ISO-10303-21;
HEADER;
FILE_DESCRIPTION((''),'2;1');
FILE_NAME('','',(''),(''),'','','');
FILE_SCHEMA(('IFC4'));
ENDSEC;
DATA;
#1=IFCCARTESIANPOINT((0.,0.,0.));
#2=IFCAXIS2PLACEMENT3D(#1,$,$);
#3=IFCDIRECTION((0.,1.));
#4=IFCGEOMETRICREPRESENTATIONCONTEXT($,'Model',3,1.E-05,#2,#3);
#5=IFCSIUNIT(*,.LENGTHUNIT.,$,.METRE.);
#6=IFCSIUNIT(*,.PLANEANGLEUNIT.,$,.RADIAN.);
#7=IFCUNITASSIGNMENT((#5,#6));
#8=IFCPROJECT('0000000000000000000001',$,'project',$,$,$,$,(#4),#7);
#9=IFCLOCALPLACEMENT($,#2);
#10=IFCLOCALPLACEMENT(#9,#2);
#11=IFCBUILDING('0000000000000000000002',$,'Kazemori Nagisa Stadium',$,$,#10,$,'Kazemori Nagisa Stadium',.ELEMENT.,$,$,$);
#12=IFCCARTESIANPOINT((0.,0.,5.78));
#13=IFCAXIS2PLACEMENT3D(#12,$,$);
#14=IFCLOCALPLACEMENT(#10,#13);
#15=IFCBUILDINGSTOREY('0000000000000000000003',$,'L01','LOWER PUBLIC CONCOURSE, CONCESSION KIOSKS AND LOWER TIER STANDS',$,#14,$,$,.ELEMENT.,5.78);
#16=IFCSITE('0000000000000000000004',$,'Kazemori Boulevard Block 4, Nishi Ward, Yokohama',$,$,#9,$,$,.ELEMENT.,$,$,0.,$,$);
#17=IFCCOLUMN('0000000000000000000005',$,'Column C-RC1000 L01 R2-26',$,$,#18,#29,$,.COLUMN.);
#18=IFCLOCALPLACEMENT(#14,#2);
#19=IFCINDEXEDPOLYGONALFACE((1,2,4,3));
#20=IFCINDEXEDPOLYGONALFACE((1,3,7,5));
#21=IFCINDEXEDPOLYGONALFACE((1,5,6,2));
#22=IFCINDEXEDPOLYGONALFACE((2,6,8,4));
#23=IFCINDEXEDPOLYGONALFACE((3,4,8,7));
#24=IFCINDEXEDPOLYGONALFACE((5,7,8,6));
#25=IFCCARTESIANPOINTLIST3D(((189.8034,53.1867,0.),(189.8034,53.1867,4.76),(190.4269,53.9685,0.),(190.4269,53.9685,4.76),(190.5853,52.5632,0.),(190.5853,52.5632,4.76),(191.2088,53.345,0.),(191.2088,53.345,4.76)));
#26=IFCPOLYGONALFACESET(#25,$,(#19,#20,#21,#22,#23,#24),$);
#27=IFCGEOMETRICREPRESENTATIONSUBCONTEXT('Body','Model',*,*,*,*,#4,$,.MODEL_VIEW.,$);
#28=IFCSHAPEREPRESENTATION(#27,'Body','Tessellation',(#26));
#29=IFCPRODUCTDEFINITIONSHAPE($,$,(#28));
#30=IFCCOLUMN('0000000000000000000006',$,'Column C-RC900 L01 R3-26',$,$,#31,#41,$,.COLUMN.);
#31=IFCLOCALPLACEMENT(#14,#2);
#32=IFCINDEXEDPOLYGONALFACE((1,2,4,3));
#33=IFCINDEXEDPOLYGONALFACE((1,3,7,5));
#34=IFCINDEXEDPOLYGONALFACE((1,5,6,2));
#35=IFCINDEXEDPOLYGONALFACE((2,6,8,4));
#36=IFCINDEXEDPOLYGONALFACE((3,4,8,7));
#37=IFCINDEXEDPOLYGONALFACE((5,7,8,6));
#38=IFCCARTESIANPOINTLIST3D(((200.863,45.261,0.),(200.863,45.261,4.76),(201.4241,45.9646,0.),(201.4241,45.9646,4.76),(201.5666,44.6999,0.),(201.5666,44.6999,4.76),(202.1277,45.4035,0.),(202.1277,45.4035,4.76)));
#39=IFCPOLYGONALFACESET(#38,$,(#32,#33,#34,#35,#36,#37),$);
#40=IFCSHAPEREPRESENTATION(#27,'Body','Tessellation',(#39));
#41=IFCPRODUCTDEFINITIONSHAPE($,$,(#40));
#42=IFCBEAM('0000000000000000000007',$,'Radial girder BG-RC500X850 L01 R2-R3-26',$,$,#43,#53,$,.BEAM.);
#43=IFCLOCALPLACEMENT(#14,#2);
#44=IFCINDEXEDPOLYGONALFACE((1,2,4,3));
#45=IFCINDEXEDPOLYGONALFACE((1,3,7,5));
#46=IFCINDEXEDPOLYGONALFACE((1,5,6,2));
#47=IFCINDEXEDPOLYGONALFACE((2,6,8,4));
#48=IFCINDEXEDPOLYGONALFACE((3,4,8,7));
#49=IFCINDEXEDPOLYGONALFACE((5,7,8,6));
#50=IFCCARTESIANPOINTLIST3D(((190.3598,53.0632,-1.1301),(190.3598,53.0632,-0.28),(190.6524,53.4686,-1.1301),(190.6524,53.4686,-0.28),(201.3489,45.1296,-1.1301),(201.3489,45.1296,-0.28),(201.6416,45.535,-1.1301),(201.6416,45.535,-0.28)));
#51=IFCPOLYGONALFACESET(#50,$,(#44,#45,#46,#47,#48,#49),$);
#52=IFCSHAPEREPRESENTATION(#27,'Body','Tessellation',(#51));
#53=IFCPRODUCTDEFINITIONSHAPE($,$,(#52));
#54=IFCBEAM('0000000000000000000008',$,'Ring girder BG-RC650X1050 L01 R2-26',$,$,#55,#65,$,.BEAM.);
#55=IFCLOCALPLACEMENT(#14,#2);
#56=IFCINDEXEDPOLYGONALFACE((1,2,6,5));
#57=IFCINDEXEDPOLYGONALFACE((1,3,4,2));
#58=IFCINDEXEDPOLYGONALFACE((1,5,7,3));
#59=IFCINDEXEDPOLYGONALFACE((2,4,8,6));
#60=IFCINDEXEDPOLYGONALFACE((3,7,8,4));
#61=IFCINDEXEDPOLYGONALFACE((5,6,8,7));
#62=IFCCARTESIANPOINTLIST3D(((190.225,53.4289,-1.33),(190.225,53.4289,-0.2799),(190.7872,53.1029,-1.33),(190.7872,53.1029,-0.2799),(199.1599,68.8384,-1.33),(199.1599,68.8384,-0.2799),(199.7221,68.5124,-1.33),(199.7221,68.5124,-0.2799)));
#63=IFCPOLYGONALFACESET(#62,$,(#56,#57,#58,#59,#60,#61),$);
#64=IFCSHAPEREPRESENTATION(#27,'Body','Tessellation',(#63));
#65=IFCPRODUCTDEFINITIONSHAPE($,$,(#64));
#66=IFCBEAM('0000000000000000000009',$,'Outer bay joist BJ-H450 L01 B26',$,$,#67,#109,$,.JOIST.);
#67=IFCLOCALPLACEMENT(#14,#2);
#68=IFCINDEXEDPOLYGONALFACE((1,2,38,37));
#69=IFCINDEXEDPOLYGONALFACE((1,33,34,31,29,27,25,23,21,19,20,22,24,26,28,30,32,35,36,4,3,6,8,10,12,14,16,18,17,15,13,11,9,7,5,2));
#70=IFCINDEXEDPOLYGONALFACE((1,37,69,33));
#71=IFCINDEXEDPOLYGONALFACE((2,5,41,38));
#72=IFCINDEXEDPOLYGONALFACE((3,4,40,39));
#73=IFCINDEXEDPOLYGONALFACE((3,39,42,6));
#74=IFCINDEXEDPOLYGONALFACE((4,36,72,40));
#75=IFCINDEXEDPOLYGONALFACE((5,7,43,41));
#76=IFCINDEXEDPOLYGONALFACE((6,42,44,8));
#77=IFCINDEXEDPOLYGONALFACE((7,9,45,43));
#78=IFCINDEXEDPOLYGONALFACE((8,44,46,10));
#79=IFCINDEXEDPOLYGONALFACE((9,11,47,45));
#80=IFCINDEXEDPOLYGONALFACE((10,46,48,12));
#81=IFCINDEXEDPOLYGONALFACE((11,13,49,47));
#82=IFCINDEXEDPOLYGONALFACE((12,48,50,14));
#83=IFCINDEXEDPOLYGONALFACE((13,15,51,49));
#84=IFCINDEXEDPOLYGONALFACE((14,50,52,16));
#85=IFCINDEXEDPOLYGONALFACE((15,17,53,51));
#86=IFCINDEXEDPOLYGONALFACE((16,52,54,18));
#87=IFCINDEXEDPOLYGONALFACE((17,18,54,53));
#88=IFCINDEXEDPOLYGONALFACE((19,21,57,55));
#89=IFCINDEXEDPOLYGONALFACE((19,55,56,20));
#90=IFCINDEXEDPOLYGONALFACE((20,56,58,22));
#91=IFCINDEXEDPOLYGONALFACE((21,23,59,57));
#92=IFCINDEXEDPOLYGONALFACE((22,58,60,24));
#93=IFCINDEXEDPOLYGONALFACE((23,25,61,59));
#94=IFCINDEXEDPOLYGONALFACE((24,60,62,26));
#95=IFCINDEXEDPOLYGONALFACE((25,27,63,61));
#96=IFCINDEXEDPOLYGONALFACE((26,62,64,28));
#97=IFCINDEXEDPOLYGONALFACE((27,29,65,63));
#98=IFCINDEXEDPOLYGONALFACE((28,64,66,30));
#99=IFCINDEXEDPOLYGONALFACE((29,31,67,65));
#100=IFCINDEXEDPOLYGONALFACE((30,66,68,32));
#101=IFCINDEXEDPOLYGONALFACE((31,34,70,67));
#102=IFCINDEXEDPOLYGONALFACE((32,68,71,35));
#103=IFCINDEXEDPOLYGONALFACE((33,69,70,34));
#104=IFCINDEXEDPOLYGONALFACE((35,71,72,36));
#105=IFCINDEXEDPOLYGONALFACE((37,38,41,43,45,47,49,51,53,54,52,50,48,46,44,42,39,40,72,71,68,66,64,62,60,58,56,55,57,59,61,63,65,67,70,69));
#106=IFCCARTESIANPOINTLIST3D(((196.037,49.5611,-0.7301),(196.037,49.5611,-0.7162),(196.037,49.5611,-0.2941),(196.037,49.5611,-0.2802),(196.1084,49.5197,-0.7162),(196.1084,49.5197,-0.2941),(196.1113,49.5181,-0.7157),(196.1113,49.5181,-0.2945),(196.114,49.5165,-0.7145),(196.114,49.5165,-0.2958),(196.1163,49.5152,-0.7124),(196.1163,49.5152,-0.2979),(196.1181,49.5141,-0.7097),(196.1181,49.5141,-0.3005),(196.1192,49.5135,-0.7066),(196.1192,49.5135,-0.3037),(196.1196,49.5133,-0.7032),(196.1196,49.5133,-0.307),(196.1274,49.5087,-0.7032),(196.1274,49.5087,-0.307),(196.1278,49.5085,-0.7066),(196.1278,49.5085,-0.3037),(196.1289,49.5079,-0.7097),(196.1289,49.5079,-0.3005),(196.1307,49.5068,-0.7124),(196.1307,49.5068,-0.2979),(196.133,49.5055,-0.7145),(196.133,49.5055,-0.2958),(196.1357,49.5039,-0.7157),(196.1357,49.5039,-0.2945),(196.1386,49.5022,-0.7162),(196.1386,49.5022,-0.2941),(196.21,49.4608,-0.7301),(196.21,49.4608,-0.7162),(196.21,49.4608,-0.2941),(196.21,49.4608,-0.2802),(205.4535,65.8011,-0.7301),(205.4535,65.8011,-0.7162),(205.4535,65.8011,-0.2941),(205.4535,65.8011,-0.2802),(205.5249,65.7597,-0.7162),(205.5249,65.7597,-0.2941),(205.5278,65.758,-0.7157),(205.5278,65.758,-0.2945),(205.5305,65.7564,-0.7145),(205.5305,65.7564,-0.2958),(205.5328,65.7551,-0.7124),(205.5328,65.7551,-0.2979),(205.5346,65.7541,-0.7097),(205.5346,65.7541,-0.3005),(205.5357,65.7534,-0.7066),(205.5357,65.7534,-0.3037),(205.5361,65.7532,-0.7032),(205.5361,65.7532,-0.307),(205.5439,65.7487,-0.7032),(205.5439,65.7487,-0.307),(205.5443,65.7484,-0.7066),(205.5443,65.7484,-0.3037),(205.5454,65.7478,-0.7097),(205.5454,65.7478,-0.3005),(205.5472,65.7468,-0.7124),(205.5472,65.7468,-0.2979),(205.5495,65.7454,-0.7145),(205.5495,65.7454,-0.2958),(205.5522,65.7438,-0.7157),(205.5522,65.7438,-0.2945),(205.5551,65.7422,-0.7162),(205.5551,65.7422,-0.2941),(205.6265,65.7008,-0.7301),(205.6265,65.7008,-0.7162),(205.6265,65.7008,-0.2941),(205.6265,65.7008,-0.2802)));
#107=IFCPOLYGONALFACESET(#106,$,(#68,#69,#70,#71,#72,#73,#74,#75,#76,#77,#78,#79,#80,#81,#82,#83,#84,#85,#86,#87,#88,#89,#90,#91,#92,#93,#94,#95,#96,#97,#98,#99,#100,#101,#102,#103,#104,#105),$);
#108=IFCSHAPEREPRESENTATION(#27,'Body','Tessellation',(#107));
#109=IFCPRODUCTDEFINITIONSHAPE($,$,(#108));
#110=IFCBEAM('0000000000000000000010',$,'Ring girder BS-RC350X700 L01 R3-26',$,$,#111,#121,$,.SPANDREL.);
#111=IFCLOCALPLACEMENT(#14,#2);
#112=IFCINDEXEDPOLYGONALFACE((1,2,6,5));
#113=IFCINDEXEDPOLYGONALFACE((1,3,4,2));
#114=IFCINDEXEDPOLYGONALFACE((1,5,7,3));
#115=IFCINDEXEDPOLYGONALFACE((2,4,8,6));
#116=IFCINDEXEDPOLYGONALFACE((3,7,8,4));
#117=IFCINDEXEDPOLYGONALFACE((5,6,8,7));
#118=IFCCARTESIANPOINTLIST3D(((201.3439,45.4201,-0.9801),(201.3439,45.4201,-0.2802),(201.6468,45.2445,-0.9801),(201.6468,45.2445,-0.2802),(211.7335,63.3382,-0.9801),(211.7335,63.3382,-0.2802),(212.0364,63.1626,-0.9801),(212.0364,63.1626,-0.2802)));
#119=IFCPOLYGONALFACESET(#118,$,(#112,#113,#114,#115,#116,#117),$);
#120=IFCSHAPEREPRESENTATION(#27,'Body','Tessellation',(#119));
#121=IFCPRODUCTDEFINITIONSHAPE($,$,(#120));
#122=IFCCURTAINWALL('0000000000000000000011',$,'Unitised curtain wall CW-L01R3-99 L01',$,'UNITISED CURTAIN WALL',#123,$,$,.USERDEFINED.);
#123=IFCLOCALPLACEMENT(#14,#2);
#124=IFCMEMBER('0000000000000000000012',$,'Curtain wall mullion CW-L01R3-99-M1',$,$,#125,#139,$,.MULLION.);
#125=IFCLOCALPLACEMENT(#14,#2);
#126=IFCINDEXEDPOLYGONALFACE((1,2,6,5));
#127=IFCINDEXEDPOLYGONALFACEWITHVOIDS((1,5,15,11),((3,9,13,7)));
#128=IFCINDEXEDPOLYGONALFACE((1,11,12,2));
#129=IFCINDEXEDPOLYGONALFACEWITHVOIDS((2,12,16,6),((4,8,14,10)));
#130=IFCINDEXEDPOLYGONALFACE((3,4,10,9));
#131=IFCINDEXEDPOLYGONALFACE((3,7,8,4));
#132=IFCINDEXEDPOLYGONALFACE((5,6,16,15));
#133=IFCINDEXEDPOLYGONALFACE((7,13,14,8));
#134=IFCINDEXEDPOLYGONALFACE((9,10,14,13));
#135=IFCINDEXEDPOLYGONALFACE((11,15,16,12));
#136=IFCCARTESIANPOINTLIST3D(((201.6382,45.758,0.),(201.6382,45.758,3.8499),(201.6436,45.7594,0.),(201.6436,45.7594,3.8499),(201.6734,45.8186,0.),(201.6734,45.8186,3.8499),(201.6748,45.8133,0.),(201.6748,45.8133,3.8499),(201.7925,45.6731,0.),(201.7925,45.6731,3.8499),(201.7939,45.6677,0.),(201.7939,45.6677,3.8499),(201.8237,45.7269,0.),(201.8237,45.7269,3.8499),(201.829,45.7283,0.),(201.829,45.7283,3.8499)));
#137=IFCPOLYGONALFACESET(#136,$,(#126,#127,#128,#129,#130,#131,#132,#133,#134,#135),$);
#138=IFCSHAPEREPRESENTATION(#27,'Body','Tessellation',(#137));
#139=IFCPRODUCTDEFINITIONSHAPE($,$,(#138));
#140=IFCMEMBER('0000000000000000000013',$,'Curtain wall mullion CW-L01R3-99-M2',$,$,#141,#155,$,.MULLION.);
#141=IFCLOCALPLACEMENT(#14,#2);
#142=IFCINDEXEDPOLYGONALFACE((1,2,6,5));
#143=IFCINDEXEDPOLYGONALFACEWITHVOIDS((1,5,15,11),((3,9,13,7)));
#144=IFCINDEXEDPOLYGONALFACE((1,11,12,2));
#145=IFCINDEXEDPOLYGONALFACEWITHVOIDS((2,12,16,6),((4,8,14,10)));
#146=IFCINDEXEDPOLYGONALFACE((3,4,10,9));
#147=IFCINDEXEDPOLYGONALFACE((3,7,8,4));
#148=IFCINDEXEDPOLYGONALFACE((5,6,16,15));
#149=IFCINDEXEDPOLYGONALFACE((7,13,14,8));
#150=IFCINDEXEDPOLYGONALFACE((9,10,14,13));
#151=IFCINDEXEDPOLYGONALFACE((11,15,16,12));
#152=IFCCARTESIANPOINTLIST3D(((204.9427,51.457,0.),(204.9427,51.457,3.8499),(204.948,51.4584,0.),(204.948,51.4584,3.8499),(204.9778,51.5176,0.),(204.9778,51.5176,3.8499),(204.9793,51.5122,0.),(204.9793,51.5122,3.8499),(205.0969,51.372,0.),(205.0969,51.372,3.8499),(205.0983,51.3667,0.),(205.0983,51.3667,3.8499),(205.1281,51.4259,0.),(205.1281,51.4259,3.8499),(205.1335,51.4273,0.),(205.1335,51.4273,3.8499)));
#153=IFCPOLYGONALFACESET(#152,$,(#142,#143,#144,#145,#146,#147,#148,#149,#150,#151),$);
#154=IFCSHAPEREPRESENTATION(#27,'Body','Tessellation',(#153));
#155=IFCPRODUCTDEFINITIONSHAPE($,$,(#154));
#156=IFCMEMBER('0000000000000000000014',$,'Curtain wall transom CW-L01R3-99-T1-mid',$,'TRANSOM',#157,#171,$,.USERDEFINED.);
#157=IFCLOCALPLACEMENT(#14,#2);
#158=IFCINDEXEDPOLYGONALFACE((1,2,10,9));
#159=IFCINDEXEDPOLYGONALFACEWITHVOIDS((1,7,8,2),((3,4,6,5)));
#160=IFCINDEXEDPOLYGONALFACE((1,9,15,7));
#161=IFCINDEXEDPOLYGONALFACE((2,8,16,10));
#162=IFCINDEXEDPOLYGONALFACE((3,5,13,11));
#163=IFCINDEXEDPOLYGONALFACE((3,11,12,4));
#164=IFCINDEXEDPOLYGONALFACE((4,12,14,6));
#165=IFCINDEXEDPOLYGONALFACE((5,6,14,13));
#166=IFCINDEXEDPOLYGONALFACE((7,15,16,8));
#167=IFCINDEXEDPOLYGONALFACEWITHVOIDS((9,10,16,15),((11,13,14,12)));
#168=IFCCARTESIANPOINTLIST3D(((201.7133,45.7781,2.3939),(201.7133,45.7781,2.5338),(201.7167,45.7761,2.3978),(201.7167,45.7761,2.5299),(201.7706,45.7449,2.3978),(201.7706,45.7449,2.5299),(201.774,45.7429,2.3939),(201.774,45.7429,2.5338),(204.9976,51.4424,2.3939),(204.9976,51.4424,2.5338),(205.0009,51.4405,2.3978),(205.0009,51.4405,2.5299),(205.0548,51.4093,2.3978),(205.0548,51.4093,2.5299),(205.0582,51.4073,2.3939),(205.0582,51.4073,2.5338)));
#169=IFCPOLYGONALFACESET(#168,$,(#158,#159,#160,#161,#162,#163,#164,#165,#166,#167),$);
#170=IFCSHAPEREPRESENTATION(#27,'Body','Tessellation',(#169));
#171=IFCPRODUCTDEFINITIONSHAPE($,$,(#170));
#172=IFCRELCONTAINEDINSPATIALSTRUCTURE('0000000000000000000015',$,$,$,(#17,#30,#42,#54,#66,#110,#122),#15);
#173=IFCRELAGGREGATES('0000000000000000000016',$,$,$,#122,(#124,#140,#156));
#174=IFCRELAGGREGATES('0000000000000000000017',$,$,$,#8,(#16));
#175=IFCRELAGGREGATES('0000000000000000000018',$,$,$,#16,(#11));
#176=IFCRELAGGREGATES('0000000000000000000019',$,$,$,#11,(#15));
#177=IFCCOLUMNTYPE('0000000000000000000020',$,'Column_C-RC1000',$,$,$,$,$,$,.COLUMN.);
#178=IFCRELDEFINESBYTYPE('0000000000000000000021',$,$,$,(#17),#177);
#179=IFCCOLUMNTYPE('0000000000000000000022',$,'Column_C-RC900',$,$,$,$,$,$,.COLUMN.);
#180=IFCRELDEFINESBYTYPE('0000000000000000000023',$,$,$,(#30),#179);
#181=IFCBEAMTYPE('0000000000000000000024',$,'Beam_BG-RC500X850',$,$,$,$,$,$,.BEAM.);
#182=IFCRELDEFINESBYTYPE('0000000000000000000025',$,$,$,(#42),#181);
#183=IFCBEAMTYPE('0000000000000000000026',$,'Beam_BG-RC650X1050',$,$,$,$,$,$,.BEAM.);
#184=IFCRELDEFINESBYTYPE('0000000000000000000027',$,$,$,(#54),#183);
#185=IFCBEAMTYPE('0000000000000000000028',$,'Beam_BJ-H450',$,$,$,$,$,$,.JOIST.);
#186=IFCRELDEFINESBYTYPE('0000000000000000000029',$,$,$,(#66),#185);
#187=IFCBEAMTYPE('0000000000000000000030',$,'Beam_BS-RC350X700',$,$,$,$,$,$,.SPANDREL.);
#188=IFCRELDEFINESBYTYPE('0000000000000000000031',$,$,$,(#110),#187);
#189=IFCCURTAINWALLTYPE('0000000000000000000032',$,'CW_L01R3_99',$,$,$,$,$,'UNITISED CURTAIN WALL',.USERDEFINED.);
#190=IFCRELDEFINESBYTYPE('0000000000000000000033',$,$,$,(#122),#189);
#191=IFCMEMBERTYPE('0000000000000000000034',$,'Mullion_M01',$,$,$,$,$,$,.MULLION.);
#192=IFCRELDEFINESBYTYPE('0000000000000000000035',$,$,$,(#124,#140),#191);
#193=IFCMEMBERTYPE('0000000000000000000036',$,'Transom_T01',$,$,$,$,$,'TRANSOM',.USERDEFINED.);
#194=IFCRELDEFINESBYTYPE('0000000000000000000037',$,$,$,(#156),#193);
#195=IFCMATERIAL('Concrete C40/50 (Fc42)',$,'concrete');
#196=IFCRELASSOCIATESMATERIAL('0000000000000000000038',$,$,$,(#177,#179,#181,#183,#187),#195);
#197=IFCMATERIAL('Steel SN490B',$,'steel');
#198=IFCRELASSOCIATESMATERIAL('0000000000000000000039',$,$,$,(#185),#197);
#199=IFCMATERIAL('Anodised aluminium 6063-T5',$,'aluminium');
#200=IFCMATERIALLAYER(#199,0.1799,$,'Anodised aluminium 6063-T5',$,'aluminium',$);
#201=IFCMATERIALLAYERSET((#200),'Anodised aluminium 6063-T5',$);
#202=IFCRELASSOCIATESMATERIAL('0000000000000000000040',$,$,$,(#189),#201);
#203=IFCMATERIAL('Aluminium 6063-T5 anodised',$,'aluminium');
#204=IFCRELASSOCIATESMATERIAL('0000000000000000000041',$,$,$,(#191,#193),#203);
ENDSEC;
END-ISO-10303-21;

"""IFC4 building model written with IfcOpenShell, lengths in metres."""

from ifc_helpers import new_model, si_unit, direction, frame, origin, origin_2d, place, context, subcontext, project, spatial, rectangle, hollow_rectangle, i_section, extrude, material, layer, layer_set, material_profile, profile_set, type_object, element, aggregate, save


model = new_model("IFC4")

# Units and contexts
model_context = context("Model", 3, precision=1e-05, world=origin(), true_north=direction((0.0, 1.0)))
body_context = subcontext(model_context, "Body", "Model", "MODEL_VIEW")
ifc_project = project(units=[si_unit("LENGTHUNIT", "METRE"), si_unit("PLANEANGLEUNIT", "RADIAN")], contexts=[model_context])

# Site, building, storey
site_placement = place(None, origin())
site = spatial("IfcSite", under=ifc_project, at=site_placement, Name="Kazemori Boulevard Block 4, Nishi Ward, Yokohama", CompositionType="ELEMENT", RefElevation=0.0)
building_placement = place(site_placement, origin())
building = spatial("IfcBuilding", under=site, at=building_placement, Name="Kazemori Nagisa Stadium", LongName="Kazemori Nagisa Stadium", CompositionType="ELEMENT")
storey_placement = place(building_placement, frame((0.0, 0.0, 5.78)))
storey = spatial("IfcBuildingStorey", under=building, at=storey_placement, Name="L01", Description="LOWER PUBLIC CONCOURSE, CONCESSION KIOSKS AND LOWER TIER STANDS", CompositionType="ELEMENT", Elevation=5.78)

# Columns
ifc_material_1 = material(Name="Concrete C40/50 (Fc42)", Category="concrete")
ifc_material_profile_1 = material_profile(ifc_material_1, rectangle(XDim=1.0, YDim=1.0, at=origin_2d()), Name="RC-COL-1000x1000")
ifc_profile_set_1 = profile_set([ifc_material_profile_1], Name="Concrete C40/50 (Fc42)")
column_type_1 = type_object("IfcColumnType", Name="Column_C-RC1000", PredefinedType="COLUMN", material=ifc_profile_set_1)
column_1_placement = place(storey_placement, frame((190.5061, 53.2659, 0.0), z_axis=(0.0, 0.0, 1.0), x_axis=(0.781831, -0.62349, 0.0)))
element("IfcColumn", 1, at=column_1_placement, inside=storey, type_object=column_type_1, Name="Column C-RC1000 L01 R2-26", PredefinedType="COLUMN", context=body_context, shape_type="SweptSolid", body=[
    extrude(rectangle(XDim=1.0, YDim=1.0, at=origin_2d()), origin(), (0.0, 0.0, 1.0), 4.76),
])
ifc_material_profile_2 = material_profile(ifc_material_1, rectangle(XDim=0.8999, YDim=0.8999, at=origin_2d()), Name="RC-COL-900x900")
ifc_profile_set_2 = profile_set([ifc_material_profile_2], Name="Concrete C40/50 (Fc42)")
column_type_2 = type_object("IfcColumnType", Name="Column_C-RC900", PredefinedType="COLUMN", material=ifc_profile_set_2)
column_2_placement = place(storey_placement, frame((201.4954, 45.3323, 0.0), z_axis=(0.0, 0.0, 1.0), x_axis=(0.781831, -0.62349, 0.0)))
element("IfcColumn", 2, at=column_2_placement, inside=storey, type_object=column_type_2, Name="Column C-RC900 L01 R3-26", PredefinedType="COLUMN", context=body_context, shape_type="SweptSolid", body=[
    extrude(rectangle(XDim=0.8999, YDim=0.8999, at=origin_2d()), origin(), (0.0, 0.0, 1.0), 4.76),
])

# Beams
ifc_material_profile_3 = material_profile(ifc_material_1, rectangle(XDim=0.5, YDim=0.8501, at=origin_2d()), Name="RC-BM-500x850")
ifc_profile_set_3 = profile_set([ifc_material_profile_3], Name="Concrete C40/50 (Fc42)")
beam_type_1 = type_object("IfcBeamType", Name="Beam_BG-RC500X850", PredefinedType="BEAM", material=ifc_profile_set_3)
beam_1_placement = place(storey_placement, frame((190.5061, 53.2659, -0.7051), z_axis=(0.810788, -0.585341, 0.0), x_axis=(0.585341, 0.810788, 0.0)))
element("IfcBeam", 3, at=beam_1_placement, inside=storey, type_object=beam_type_1, Name="Radial girder BG-RC500X850 L01 R2-R3-26", PredefinedType="BEAM", context=body_context, shape_type="SweptSolid", body=[
    extrude(rectangle(XDim=0.5, YDim=0.8501, at=origin_2d()), origin(), (0.0, 0.0, 1.0), 13.5537),
])
ifc_material_profile_4 = material_profile(ifc_material_1, rectangle(XDim=0.6499, YDim=1.05, at=origin_2d()), Name="RC-BM-650x1050")
ifc_profile_set_4 = profile_set([ifc_material_profile_4], Name="Concrete C40/50 (Fc42)")
beam_type_2 = type_object("IfcBeamType", Name="Beam_BG-RC650X1050", PredefinedType="BEAM", material=ifc_profile_set_4)
beam_2_placement = place(storey_placement, frame((190.5061, 53.2659, -0.8049), z_axis=(0.501607, 0.865096, 0.0), x_axis=(-0.865096, 0.501607, 0.0)))
element("IfcBeam", 4, at=beam_2_placement, inside=storey, type_object=beam_type_2, Name="Ring girder BG-RC650X1050 L01 R2-26", PredefinedType="BEAM", context=body_context, shape_type="SweptSolid", body=[
    extrude(rectangle(XDim=0.6499, YDim=1.05, at=origin_2d()), origin(), (0.0, 0.0, 1.0), 17.8125),
])
ifc_material_2 = material(Name="Steel SN490B", Category="steel")
ifc_material_profile_5 = material_profile(ifc_material_2, i_section(OverallWidth=0.2, OverallDepth=0.45, WebThickness=0.009, FlangeThickness=0.0139, FilletRadius=0.0129, at=origin_2d()), Name="H-450x200x9x14")
ifc_profile_set_5 = profile_set([ifc_material_profile_5], Name="Steel SN490B")
beam_type_3 = type_object("IfcBeamType", Name="Beam_BJ-H450", PredefinedType="JOIST", material=ifc_profile_set_5)
beam_3_placement = place(storey_placement, frame((196.1235, 49.511, -0.5051), z_axis=(0.501611, 0.865093, 0.0), x_axis=(-0.865093, 0.501611, 0.0)))
element("IfcBeam", 5, at=beam_3_placement, inside=storey, type_object=beam_type_3, Name="Outer bay joist BJ-H450 L01 B26", PredefinedType="JOIST", context=body_context, shape_type="SweptSolid", body=[
    extrude(i_section(OverallWidth=0.2, OverallDepth=0.45, WebThickness=0.009, FlangeThickness=0.0139, FilletRadius=0.0129, at=origin_2d()), origin(), (0.0, 0.0, 1.0), 18.7725),
])
ifc_material_profile_6 = material_profile(ifc_material_1, rectangle(XDim=0.3501, YDim=0.7, at=origin_2d()), Name="RC-SP-350x700")
ifc_profile_set_6 = profile_set([ifc_material_profile_6], Name="Concrete C40/50 (Fc42)")
beam_type_4 = type_object("IfcBeamType", Name="Beam_BS-RC350X700", PredefinedType="SPANDREL", material=ifc_profile_set_6)
beam_4_placement = place(storey_placement, frame((201.4954, 45.3323, -0.6301), z_axis=(0.501613, 0.865092, 0.0), x_axis=(-0.865092, 0.501613, 0.0)))
element("IfcBeam", 6, at=beam_4_placement, inside=storey, type_object=beam_type_4, Name="Ring girder BS-RC350X700 L01 R3-26", PredefinedType="SPANDREL", context=body_context, shape_type="SweptSolid", body=[
    extrude(rectangle(XDim=0.3501, YDim=0.7, at=origin_2d()), origin(), (0.0, 0.0, 1.0), 20.7124),
])

# Curtain wall, members
ifc_material_3 = material(Name="Anodised aluminium 6063-T5", Category="aluminium")
ifc_layer_1 = layer(ifc_material_3, 0.1799, Name="Anodised aluminium 6063-T5", Category="aluminium")
ifc_layer_set_1 = layer_set([ifc_layer_1], Name="Anodised aluminium 6063-T5")
curtain_wall_type = type_object("IfcCurtainWallType", Name="CW_L01R3_99", ElementType="UNITISED CURTAIN WALL", PredefinedType="USERDEFINED", material=ifc_layer_set_1)
curtain_wall_placement = place(storey_placement, origin())
curtain_wall = element("IfcCurtainWall", 7, at=curtain_wall_placement, inside=storey, type_object=curtain_wall_type, Name="Unitised curtain wall CW-L01R3-99 L01", ObjectType="UNITISED CURTAIN WALL", PredefinedType="USERDEFINED")
ifc_material_4 = material(Name="Aluminium 6063-T5 anodised", Category="aluminium")
ifc_material_profile_7 = material_profile(ifc_material_4, hollow_rectangle(XDim=0.0701, YDim=0.1799, WallThickness=0.0039, at=origin_2d()), Name="ALU-MULL-70x180x4")
ifc_profile_set_7 = profile_set([ifc_material_profile_7], Name="Aluminium 6063-T5 anodised")
member_type_1 = type_object("IfcMemberType", Name="Mullion_M01", PredefinedType="MULLION", material=ifc_profile_set_7)
member_1_placement = place(storey_placement, frame((201.7336, 45.7432, 0.0), z_axis=(0.0, 0.0, 1.0), x_axis=(0.501612, 0.865093, 0.0)))
member_1 = element("IfcMember", 8, at=member_1_placement, type_object=member_type_1, Name="Curtain wall mullion CW-L01R3-99-M1", PredefinedType="MULLION", context=body_context, shape_type="SweptSolid", body=[
    extrude(hollow_rectangle(XDim=0.0701, YDim=0.1799, WallThickness=0.0039, at=origin_2d()), origin(), (0.0, 0.0, 1.0), 3.8499),
])
member_2_placement = place(storey_placement, frame((205.0381, 51.4421, 0.0), z_axis=(0.0, 0.0, 1.0), x_axis=(0.501612, 0.865093, 0.0)))
member_2 = element("IfcMember", 9, at=member_2_placement, type_object=member_type_1, Name="Curtain wall mullion CW-L01R3-99-M2", PredefinedType="MULLION", context=body_context, shape_type="SweptSolid", body=[
    extrude(hollow_rectangle(XDim=0.0701, YDim=0.1799, WallThickness=0.0039, at=origin_2d()), origin(), (0.0, 0.0, 1.0), 3.8499),
])
ifc_material_profile_8 = material_profile(ifc_material_4, hollow_rectangle(XDim=0.0701, YDim=0.1399, WallThickness=0.0039, at=origin_2d()), Name="ALU-TRAN-70x140x4")
ifc_profile_set_8 = profile_set([ifc_material_profile_8], Name="Aluminium 6063-T5 anodised")
member_type_2 = type_object("IfcMemberType", Name="Transom_T01", ElementType="TRANSOM", PredefinedType="USERDEFINED", material=ifc_profile_set_8)
member_3_placement = place(storey_placement, frame((201.7437, 45.7605, 2.4639), z_axis=(0.50159, 0.865105, 0.0), x_axis=(-0.865105, 0.50159, 0.0)))
member_3 = element("IfcMember", 10, at=member_3_placement, type_object=member_type_2, Name="Curtain wall transom CW-L01R3-99-T1-mid", ObjectType="TRANSOM", PredefinedType="USERDEFINED", context=body_context, shape_type="SweptSolid", body=[
    extrude(hollow_rectangle(XDim=0.0701, YDim=0.1399, WallThickness=0.0039, at=origin_2d()), origin(), (0.0, 0.0, 1.0), 6.5476),
])
aggregate(curtain_wall, [member_1, member_2, member_3])

save(model, "model.ifc")
